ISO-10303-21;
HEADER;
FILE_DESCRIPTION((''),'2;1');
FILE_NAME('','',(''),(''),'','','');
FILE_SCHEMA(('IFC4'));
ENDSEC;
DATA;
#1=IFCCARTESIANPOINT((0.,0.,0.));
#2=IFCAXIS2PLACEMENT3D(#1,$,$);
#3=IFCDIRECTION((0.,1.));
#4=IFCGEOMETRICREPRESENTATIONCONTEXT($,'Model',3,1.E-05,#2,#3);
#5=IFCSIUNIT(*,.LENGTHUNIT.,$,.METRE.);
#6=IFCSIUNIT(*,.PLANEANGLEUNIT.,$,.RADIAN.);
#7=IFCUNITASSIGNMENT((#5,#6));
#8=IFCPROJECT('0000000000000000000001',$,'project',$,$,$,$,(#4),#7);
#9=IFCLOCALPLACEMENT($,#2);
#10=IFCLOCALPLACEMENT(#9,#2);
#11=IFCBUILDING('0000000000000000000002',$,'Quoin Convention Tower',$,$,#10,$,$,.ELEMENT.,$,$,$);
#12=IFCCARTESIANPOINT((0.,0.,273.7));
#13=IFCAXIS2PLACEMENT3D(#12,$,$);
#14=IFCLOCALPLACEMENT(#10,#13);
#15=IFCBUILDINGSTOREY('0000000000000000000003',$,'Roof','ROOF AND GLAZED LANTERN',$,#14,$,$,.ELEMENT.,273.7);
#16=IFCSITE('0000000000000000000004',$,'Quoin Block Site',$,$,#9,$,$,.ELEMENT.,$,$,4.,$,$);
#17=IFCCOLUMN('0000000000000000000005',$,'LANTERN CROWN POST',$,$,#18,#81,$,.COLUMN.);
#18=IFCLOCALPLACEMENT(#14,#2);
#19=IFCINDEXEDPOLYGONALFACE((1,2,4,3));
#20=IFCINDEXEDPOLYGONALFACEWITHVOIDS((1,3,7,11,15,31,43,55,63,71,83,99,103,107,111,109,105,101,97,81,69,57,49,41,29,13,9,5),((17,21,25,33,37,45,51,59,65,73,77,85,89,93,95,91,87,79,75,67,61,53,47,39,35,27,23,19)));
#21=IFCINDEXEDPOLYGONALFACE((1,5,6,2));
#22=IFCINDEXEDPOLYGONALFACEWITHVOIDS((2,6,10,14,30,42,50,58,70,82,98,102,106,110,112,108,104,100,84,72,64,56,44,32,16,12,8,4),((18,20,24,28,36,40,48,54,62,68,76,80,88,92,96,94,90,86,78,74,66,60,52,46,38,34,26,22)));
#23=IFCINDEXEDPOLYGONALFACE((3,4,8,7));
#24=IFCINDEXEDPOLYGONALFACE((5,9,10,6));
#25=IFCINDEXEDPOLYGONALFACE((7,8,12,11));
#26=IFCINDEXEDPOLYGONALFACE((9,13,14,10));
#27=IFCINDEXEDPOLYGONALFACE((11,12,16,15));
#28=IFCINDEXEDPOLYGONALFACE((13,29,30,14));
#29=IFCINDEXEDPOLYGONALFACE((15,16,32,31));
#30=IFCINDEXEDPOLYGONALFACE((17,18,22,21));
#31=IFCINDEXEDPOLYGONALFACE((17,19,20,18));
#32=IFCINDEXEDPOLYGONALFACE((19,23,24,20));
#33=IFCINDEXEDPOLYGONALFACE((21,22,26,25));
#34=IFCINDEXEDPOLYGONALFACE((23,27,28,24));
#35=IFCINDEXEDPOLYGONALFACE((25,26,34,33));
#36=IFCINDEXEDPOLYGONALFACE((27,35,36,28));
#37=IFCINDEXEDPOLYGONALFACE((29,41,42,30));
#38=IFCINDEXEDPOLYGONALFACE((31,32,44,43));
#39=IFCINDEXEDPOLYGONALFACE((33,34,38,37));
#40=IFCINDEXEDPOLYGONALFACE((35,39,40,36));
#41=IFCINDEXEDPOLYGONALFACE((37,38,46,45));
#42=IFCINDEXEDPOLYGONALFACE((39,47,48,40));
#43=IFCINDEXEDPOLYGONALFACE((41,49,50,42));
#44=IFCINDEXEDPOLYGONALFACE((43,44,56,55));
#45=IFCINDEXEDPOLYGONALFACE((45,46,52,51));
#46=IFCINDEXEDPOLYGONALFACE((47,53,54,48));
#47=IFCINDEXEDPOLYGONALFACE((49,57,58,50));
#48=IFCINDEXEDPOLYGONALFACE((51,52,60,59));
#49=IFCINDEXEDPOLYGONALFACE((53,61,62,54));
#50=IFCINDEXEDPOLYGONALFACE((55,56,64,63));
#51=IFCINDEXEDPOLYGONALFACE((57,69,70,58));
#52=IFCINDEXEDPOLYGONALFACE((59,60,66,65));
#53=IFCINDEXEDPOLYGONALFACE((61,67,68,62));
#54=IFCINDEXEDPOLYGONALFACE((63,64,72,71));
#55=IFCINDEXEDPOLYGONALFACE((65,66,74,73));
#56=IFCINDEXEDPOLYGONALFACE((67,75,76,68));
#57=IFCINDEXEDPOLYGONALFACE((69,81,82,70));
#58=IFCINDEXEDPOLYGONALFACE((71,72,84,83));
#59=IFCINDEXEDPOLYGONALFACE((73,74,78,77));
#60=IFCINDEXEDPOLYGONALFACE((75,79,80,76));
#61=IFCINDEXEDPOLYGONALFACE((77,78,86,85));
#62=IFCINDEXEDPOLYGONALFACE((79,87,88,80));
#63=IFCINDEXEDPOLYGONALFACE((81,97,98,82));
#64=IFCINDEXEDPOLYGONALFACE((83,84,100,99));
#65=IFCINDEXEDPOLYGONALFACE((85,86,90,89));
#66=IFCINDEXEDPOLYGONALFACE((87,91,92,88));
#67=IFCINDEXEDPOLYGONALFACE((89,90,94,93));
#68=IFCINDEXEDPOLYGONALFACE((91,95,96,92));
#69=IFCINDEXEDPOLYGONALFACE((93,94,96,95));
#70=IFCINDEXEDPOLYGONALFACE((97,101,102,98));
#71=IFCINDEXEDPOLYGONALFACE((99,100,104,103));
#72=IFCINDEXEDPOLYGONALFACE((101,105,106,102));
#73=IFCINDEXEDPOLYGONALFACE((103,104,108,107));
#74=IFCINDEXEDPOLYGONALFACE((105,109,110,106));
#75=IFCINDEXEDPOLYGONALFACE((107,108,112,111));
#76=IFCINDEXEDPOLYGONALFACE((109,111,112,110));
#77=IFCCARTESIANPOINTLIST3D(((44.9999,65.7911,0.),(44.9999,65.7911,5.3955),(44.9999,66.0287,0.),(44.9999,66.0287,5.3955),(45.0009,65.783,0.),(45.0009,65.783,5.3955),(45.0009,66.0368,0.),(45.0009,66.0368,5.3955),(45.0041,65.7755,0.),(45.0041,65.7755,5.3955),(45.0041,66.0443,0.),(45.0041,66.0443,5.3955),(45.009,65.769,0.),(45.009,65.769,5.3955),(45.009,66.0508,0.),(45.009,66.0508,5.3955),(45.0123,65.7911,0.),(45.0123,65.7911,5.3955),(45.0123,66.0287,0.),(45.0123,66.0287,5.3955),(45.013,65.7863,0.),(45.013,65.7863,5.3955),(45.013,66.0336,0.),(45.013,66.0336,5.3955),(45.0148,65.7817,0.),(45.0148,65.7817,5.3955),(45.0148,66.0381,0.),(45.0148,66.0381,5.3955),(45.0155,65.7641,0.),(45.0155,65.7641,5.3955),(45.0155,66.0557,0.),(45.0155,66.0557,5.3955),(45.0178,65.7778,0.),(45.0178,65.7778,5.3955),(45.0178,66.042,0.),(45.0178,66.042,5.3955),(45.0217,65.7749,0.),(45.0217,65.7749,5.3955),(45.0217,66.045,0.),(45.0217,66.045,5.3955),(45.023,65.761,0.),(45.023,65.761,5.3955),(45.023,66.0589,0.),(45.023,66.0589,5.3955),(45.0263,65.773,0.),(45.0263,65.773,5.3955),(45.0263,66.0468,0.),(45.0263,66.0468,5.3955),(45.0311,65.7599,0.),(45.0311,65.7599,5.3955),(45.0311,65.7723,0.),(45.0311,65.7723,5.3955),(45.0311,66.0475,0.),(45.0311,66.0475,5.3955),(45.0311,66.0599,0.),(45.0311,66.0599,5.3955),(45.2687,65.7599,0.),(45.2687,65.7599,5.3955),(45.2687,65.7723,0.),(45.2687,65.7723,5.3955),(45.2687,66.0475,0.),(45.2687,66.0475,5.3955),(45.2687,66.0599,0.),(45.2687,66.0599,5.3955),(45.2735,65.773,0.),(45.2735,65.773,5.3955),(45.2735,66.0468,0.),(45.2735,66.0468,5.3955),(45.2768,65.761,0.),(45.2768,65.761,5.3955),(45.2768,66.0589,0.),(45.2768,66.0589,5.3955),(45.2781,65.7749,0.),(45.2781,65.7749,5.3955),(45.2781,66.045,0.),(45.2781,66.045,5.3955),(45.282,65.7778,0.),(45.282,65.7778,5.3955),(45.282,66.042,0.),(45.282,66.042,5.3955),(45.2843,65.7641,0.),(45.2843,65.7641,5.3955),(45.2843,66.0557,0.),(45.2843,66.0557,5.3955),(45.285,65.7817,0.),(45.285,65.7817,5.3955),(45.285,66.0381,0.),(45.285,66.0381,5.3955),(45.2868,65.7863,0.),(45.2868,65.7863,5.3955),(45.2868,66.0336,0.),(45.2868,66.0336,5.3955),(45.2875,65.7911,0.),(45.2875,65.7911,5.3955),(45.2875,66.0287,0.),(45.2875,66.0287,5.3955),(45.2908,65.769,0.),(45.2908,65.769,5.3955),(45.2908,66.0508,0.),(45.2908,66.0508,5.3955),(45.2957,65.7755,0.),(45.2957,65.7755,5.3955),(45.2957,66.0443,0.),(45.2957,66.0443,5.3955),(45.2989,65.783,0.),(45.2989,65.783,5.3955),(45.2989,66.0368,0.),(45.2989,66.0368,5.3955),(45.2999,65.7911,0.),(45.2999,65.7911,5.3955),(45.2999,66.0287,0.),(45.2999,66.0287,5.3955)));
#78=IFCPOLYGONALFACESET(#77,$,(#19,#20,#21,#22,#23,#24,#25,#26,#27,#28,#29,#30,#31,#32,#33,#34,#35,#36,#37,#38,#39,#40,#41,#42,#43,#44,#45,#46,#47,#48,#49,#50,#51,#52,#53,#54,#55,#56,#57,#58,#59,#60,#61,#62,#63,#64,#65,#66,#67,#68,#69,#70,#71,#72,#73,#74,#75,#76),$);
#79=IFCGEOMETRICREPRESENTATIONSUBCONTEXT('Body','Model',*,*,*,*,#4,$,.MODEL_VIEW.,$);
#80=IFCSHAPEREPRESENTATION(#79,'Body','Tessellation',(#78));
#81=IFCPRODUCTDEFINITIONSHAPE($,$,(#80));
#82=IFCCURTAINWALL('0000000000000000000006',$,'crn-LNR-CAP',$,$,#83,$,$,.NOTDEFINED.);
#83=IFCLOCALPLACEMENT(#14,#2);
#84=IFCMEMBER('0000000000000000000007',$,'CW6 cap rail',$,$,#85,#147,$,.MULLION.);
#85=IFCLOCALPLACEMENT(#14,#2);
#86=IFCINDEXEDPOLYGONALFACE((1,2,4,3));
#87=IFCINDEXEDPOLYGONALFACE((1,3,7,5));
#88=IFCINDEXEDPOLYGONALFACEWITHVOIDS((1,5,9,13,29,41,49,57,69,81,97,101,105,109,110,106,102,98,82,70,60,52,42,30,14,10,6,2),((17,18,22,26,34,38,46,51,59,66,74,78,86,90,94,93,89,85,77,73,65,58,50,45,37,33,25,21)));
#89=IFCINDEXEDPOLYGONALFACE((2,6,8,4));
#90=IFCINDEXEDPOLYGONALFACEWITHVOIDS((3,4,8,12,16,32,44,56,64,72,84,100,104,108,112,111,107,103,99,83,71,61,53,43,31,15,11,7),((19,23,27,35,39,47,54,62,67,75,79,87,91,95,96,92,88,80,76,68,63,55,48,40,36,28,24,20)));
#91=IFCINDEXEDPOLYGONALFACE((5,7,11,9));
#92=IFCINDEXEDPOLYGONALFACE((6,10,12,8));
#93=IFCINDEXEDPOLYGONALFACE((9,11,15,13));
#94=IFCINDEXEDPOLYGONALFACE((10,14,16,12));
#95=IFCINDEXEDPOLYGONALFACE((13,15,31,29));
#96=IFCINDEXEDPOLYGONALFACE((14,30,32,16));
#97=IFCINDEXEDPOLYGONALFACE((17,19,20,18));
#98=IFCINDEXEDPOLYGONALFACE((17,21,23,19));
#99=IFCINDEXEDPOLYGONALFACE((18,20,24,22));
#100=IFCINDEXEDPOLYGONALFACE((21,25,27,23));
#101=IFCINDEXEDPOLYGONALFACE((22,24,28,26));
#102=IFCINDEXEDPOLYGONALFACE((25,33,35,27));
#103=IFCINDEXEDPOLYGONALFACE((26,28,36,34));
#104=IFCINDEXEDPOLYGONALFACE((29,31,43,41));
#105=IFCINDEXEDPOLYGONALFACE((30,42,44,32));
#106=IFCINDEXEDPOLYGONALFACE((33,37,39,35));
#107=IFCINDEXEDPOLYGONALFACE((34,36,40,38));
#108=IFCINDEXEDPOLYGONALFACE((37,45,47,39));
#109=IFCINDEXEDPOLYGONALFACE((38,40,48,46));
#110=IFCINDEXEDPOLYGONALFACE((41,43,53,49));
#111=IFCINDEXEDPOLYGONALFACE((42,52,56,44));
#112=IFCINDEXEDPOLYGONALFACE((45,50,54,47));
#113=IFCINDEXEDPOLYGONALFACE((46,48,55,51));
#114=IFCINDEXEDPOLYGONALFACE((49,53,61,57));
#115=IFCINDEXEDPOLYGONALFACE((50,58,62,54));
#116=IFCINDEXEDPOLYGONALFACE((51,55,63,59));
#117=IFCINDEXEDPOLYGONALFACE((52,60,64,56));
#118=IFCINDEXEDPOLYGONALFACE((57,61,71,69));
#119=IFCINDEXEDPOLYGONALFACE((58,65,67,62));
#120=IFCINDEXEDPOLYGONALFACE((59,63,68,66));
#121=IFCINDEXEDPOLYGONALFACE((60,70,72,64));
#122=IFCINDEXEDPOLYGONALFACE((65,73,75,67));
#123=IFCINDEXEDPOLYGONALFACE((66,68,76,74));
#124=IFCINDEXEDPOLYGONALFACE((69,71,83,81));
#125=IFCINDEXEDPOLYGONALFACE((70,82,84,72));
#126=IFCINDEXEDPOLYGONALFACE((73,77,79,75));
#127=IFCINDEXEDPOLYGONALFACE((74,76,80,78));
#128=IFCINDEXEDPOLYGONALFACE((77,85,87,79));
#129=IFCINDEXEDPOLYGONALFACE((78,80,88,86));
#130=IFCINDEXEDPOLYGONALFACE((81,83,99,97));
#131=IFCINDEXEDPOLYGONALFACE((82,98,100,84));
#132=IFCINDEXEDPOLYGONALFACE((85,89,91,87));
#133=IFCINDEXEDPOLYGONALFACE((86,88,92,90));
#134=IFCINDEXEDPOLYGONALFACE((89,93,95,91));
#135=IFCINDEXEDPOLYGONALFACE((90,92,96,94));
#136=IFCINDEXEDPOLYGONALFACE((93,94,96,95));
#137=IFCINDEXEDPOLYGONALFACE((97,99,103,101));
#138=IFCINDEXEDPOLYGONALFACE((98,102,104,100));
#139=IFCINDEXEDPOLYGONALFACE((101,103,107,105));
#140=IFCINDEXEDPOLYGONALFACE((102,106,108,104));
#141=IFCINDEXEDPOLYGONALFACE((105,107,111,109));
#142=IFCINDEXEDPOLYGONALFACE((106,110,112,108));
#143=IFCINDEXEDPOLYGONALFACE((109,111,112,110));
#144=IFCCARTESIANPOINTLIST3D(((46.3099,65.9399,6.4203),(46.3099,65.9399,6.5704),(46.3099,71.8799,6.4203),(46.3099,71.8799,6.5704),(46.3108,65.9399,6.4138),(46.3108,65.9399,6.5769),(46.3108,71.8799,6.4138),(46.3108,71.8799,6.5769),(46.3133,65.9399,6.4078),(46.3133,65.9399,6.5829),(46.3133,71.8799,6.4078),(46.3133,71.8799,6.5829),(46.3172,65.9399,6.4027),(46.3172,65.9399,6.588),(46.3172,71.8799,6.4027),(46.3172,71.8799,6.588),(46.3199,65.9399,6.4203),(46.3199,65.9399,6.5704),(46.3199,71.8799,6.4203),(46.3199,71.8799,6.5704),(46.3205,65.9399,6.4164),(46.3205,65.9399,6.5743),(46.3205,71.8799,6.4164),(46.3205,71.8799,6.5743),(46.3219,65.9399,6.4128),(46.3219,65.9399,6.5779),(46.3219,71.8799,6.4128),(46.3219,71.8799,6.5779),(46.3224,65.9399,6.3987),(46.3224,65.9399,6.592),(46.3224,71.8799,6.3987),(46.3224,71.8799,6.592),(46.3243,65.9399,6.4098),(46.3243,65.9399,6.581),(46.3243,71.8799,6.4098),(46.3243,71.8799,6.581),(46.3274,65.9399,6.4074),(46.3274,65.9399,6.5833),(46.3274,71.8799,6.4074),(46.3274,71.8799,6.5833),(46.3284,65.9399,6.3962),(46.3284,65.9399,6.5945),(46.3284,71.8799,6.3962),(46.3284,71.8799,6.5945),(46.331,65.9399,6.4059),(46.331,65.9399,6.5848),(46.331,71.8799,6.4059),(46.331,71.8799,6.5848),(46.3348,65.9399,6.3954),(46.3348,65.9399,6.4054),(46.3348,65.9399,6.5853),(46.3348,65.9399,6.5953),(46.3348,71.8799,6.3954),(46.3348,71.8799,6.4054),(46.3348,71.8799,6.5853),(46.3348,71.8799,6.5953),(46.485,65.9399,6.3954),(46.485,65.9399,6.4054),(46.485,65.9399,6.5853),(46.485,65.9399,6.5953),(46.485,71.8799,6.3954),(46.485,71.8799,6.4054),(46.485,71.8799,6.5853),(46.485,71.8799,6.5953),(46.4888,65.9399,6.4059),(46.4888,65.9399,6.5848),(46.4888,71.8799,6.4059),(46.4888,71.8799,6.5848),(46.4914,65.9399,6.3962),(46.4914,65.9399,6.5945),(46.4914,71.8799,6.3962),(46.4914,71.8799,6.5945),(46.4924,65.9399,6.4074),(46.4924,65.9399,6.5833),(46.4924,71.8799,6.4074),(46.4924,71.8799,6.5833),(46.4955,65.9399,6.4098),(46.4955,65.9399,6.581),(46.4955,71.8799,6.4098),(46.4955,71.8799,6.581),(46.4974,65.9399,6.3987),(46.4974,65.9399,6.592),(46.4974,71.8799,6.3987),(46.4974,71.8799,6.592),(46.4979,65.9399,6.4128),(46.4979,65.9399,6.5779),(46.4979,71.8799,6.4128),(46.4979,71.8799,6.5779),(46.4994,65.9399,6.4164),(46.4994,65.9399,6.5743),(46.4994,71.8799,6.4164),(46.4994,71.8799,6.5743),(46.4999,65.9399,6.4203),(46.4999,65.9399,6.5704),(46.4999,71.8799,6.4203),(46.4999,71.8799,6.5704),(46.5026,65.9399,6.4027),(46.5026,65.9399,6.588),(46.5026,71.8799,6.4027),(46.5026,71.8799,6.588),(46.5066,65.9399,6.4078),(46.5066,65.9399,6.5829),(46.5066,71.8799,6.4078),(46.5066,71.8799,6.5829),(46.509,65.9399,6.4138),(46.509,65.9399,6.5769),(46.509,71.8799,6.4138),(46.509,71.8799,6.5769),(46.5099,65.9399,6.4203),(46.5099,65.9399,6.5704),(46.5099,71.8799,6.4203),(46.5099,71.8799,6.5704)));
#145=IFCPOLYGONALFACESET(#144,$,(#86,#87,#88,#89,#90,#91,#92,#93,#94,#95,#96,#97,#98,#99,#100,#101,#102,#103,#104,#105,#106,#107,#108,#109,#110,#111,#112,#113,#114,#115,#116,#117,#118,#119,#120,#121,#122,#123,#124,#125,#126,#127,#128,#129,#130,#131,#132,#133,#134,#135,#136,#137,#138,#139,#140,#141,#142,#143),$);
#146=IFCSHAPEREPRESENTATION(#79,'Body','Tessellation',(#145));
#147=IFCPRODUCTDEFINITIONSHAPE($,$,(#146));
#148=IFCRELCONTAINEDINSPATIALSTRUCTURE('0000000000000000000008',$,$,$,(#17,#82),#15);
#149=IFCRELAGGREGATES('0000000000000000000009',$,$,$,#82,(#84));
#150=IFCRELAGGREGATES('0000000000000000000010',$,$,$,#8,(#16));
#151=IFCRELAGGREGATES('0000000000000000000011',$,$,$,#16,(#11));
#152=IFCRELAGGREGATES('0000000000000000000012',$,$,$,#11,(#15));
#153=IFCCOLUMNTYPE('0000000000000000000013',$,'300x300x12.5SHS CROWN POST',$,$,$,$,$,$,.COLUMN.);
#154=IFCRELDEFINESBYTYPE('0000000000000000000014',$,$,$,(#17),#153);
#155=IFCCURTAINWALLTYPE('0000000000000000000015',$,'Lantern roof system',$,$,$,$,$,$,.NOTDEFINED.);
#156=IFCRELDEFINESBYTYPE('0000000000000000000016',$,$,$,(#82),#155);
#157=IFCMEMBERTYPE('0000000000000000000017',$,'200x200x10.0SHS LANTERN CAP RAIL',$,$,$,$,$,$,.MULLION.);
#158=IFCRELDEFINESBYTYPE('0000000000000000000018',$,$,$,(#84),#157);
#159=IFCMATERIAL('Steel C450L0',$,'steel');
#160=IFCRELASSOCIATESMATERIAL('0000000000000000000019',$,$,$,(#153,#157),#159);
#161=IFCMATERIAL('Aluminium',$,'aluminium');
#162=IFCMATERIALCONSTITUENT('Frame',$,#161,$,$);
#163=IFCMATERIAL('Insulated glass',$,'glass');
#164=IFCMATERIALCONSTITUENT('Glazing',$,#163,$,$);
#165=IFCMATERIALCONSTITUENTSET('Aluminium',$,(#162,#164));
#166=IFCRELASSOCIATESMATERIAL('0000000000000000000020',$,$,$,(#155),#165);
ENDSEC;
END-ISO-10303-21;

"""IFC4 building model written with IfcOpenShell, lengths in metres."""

from ifc_helpers import new_model, si_unit, direction, frame, origin, origin_2d, place, context, subcontext, project, spatial, hollow_rectangle, extrude, material, constituent, constituent_set, material_profile, profile_set, type_object, element, aggregate, save


model = new_model("IFC4")

# Units and contexts
model_context = context("Model", 3, precision=1e-05, world=origin(), true_north=direction((0.0, 1.0)))
body_context = subcontext(model_context, "Body", "Model", "MODEL_VIEW")
ifc_project = project(units=[si_unit("LENGTHUNIT", "METRE"), si_unit("PLANEANGLEUNIT", "RADIAN")], contexts=[model_context])

# Site, building, storey
site_placement = place(None, origin())
site = spatial("IfcSite", under=ifc_project, at=site_placement, Name="Quoin Block Site", CompositionType="ELEMENT", RefElevation=4.0)
building_placement = place(site_placement, origin())
building = spatial("IfcBuilding", under=site, at=building_placement, Name="Quoin Convention Tower", CompositionType="ELEMENT")
storey_placement = place(building_placement, frame((0.0, 0.0, 273.7)))
storey = spatial("IfcBuildingStorey", under=building, at=storey_placement, Name="Roof", Description="ROOF AND GLAZED LANTERN", CompositionType="ELEMENT", Elevation=273.7)

# Column
ifc_material_1 = material(Name="Steel C450L0", Category="steel")
ifc_material_profile_1 = material_profile(ifc_material_1, hollow_rectangle(XDim=0.3, YDim=0.3, WallThickness=0.0125, InnerFilletRadius=0.0188, OuterFilletRadius=0.0312, at=origin_2d()), Name="300x300x12.5SHS")
ifc_profile_set_1 = profile_set([ifc_material_profile_1], Name="Steel C450L0")
column_type = type_object("IfcColumnType", Name="300x300x12.5SHS CROWN POST", PredefinedType="COLUMN", material=ifc_profile_set_1)
column_placement = place(storey_placement, frame((45.1499, 65.9099, 0.0), z_axis=(0.0, 0.0, 1.0), x_axis=(1.0, 0.0, 0.0)))
element("IfcColumn", 1, at=column_placement, inside=storey, type_object=column_type, Name="LANTERN CROWN POST", PredefinedType="COLUMN", context=body_context, shape_type="SweptSolid", body=[
    extrude(hollow_rectangle(XDim=0.3, YDim=0.3, WallThickness=0.0125, InnerFilletRadius=0.0188, OuterFilletRadius=0.0312, at=origin_2d()), origin(), (0.0, 0.0, 1.0), 5.3955),
])

# Curtain wall, member
ifc_material_2 = material(Name="Aluminium", Category="aluminium")
ifc_constituent_1 = constituent(ifc_material_2, Name="Frame")
ifc_material_3 = material(Name="Insulated glass", Category="glass")
ifc_constituent_2 = constituent(ifc_material_3, Name="Glazing")
ifc_constituent_set = constituent_set(constituents=[ifc_constituent_1, ifc_constituent_2], Name="Aluminium")
curtain_wall_type = type_object("IfcCurtainWallType", Name="Lantern roof system", PredefinedType="NOTDEFINED", material=ifc_constituent_set)
curtain_wall_placement = place(storey_placement, origin())
curtain_wall = element("IfcCurtainWall", 2, at=curtain_wall_placement, inside=storey, type_object=curtain_wall_type, Name="crn-LNR-CAP", PredefinedType="NOTDEFINED")
ifc_material_profile_2 = material_profile(ifc_material_1, hollow_rectangle(XDim=0.2, YDim=0.2, WallThickness=0.01, InnerFilletRadius=0.0149, OuterFilletRadius=0.0249, at=origin_2d()), Name="200x200x10.0SHS")
ifc_profile_set_2 = profile_set([ifc_material_profile_2], Name="Steel C450L0")
member_type_1 = type_object("IfcMemberType", Name="200x200x10.0SHS LANTERN CAP RAIL", PredefinedType="MULLION", material=ifc_profile_set_2)
member_1_placement = place(storey_placement, frame((46.4099, 65.9399, 6.4954), z_axis=(0.0, 1.0, 0.0), x_axis=(-1.0, 0.0, 0.0)))
member_1 = element("IfcMember", 3, at=member_1_placement, type_object=member_type_1, Name="CW6 cap rail", PredefinedType="MULLION", context=body_context, shape_type="SweptSolid", body=[
    extrude(hollow_rectangle(XDim=0.2, YDim=0.2, WallThickness=0.01, InnerFilletRadius=0.0149, OuterFilletRadius=0.0249, at=origin_2d()), origin(), (0.0, 0.0, 1.0), 5.9399),
])
aggregate(curtain_wall, [member_1])

save(model, "model.ifc")
